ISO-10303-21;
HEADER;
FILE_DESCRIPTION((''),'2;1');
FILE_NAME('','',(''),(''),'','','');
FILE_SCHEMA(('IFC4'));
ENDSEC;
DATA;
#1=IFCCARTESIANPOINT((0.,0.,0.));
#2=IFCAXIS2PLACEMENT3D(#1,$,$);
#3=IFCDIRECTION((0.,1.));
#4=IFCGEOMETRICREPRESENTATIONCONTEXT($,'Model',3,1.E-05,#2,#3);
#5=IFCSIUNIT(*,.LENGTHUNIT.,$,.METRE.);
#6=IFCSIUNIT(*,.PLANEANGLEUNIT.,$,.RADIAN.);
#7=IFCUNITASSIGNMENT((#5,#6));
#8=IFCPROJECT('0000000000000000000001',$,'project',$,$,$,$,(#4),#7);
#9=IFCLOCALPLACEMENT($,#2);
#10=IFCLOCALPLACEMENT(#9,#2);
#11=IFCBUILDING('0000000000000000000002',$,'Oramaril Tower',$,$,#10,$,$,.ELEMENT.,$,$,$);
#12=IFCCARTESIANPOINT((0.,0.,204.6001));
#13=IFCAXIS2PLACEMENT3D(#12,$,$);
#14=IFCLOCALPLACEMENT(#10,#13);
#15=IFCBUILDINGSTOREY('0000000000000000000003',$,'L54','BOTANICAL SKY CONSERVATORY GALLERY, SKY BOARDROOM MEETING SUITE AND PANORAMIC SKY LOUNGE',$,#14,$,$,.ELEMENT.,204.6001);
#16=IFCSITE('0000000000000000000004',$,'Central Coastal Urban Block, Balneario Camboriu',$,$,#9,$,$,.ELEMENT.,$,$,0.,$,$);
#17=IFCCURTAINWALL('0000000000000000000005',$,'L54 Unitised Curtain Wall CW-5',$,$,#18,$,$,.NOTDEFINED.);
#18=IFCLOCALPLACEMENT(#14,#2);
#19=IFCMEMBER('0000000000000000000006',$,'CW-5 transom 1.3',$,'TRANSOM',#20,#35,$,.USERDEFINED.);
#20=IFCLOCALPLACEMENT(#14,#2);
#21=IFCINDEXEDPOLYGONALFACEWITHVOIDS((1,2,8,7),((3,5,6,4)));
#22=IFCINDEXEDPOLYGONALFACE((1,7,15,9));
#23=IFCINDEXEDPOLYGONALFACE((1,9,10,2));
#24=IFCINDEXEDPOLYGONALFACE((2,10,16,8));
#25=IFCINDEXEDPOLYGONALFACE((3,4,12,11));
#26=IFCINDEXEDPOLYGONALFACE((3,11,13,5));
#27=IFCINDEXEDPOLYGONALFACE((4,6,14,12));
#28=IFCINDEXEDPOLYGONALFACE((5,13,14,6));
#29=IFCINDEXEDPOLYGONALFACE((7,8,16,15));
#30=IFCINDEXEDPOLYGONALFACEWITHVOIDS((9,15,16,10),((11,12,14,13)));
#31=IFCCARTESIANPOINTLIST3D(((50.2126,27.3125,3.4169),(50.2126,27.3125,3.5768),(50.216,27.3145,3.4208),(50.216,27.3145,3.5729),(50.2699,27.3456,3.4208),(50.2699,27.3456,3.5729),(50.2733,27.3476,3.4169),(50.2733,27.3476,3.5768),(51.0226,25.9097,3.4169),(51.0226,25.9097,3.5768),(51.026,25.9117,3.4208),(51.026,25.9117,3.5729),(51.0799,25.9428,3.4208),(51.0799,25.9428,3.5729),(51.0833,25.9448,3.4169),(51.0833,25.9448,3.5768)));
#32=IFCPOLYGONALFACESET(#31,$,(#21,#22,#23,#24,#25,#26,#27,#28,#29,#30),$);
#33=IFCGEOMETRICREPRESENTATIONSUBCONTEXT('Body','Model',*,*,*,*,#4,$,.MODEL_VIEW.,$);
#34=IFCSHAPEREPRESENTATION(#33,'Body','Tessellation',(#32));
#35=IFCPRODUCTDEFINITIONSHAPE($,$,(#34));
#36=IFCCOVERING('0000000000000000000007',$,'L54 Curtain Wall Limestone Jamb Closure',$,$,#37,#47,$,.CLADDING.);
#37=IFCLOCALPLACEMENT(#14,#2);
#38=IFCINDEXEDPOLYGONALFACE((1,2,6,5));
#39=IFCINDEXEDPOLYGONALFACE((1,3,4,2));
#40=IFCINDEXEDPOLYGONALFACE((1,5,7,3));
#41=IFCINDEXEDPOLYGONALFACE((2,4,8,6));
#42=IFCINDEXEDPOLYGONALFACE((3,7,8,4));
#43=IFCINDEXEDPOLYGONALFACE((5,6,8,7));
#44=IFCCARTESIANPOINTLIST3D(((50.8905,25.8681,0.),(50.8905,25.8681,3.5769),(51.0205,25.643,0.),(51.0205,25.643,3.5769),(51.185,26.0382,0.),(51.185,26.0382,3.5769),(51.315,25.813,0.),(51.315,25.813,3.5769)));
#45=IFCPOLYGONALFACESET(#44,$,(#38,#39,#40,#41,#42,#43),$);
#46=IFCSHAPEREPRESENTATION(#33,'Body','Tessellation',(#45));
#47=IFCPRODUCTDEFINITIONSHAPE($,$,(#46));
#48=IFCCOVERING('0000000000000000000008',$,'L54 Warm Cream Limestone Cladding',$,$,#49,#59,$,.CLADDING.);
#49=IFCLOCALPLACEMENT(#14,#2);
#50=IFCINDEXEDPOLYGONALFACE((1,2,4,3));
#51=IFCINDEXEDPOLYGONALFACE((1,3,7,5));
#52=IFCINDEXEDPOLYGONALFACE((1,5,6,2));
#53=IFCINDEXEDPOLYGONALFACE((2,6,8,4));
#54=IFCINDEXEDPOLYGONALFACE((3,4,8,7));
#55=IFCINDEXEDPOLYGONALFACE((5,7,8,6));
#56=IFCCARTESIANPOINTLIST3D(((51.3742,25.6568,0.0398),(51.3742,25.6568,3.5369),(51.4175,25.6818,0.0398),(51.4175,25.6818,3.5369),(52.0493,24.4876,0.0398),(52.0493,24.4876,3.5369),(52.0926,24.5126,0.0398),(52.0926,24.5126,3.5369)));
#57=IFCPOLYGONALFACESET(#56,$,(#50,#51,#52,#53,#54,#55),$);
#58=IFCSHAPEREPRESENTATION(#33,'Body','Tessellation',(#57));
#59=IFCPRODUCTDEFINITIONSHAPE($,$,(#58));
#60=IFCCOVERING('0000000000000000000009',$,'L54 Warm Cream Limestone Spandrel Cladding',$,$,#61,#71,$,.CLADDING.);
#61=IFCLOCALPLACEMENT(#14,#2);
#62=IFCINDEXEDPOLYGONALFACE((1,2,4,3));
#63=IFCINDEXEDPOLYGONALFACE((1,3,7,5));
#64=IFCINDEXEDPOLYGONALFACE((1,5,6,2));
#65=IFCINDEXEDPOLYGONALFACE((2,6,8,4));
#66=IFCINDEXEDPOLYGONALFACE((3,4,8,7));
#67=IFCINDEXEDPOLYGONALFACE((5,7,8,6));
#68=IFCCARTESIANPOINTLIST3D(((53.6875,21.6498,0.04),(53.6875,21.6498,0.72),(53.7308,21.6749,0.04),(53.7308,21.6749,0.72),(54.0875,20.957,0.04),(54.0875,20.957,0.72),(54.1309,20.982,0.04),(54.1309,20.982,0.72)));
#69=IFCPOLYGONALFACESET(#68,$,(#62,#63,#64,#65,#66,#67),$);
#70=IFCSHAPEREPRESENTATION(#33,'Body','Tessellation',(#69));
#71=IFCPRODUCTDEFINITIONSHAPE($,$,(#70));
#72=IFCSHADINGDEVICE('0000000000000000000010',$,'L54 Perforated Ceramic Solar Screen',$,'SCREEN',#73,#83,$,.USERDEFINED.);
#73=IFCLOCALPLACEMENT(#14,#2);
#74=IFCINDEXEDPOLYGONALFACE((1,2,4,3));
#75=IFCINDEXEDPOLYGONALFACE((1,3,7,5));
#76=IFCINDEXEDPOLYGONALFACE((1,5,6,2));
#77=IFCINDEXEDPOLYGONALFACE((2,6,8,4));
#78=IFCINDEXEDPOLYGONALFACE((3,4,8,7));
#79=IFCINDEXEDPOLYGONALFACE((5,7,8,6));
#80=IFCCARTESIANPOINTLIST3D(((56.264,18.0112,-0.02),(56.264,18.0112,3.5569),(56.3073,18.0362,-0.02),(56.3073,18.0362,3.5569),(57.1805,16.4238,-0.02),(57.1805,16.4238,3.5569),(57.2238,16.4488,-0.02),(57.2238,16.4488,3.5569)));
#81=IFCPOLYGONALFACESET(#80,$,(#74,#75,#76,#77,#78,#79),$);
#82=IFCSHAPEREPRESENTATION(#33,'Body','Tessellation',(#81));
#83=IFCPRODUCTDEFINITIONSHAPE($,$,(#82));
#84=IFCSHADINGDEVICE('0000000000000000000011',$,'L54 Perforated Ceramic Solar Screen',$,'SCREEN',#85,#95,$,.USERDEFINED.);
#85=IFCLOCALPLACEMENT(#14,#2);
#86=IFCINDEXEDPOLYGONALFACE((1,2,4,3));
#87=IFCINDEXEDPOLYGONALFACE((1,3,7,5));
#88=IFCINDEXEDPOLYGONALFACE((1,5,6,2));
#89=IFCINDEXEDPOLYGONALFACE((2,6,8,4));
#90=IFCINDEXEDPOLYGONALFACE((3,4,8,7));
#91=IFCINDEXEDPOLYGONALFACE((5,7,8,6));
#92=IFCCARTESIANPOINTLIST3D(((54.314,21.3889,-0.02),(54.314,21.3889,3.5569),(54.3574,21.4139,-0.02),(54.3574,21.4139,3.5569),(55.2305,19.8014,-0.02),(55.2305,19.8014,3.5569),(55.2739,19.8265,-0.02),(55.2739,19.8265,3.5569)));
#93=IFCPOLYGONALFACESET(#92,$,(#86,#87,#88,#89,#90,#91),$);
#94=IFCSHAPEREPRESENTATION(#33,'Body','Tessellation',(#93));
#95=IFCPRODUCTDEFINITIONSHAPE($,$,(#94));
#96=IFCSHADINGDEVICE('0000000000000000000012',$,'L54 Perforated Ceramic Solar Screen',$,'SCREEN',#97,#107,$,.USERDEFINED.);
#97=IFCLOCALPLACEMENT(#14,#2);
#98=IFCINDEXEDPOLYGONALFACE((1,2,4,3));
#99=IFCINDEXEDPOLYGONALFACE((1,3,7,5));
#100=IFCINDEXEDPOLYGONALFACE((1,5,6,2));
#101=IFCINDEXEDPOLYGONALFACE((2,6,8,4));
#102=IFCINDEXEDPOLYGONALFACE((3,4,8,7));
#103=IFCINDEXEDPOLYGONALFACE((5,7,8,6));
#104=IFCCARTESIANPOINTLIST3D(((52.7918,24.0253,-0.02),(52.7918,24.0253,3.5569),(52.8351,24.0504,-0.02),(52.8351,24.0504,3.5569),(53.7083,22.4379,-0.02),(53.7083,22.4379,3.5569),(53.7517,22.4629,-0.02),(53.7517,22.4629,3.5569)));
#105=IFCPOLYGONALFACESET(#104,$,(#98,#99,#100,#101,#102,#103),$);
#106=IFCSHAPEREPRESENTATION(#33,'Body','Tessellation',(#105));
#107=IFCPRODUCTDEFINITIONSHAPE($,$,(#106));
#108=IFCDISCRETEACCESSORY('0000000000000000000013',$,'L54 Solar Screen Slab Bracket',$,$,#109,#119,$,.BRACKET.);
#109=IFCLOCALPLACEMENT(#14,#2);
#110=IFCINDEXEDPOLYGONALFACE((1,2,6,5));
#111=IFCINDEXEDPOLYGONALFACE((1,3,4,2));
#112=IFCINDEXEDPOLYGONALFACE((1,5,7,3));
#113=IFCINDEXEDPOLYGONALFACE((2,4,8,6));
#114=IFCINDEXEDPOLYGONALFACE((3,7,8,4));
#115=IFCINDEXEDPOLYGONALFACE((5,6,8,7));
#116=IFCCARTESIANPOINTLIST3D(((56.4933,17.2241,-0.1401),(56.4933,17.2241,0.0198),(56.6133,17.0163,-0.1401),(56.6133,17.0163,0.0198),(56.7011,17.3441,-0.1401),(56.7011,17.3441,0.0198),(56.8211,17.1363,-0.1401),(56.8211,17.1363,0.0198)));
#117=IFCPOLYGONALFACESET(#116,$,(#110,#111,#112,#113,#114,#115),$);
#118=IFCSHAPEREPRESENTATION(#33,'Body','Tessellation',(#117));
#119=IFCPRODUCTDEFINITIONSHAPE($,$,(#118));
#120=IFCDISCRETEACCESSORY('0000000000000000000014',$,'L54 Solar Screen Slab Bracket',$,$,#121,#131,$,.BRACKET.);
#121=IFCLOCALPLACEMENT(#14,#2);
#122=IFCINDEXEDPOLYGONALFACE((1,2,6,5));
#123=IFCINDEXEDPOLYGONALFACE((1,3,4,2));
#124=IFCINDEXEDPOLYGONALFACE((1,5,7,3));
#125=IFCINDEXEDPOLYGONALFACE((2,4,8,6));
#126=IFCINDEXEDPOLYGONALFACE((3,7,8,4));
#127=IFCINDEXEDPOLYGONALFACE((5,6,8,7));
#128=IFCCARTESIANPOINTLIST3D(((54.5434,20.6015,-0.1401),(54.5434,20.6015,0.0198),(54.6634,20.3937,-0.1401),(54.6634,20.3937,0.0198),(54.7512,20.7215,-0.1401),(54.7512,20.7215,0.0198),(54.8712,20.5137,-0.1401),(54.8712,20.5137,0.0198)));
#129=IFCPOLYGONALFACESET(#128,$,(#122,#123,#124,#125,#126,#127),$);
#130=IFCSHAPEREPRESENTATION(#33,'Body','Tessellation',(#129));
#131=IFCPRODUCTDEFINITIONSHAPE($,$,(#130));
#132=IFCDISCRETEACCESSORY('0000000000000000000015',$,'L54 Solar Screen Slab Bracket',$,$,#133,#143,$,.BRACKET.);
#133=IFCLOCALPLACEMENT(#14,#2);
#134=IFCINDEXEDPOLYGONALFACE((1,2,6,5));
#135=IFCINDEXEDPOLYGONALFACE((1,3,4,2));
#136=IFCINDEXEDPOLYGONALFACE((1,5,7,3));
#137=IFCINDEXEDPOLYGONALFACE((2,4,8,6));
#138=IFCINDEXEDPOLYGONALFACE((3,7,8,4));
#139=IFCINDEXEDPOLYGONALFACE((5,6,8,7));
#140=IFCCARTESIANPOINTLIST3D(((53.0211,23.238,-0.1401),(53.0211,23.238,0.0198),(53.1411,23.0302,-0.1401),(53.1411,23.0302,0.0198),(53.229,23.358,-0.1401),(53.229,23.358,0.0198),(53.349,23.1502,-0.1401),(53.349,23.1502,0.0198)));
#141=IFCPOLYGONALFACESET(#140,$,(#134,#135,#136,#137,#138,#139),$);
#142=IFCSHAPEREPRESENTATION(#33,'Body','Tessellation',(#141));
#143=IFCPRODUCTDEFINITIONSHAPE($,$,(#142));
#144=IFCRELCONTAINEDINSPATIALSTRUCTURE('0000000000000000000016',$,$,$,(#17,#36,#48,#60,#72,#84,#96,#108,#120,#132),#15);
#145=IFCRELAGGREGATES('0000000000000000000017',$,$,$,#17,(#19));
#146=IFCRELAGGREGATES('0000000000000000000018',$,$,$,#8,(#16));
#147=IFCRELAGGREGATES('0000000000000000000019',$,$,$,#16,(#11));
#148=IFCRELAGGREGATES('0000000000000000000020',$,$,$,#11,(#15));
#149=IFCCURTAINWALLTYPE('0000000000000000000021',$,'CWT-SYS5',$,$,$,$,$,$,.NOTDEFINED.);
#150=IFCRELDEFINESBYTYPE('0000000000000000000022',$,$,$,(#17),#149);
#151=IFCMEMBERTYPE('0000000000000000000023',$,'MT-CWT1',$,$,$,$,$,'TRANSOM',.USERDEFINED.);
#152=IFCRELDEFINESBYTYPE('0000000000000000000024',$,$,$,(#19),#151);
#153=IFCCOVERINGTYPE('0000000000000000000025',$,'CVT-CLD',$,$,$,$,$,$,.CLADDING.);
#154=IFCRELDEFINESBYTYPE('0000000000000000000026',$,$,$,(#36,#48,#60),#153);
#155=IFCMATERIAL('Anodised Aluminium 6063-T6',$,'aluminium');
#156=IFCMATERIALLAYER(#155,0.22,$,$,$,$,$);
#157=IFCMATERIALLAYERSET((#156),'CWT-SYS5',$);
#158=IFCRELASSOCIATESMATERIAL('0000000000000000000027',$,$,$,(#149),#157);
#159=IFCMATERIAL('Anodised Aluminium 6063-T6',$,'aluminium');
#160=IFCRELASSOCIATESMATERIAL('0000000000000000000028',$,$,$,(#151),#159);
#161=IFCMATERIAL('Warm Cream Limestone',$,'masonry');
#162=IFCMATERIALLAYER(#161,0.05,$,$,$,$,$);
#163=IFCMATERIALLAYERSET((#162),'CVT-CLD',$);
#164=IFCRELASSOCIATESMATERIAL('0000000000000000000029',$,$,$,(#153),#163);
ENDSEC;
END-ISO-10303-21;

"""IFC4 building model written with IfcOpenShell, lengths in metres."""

from ifc_helpers import new_model, si_unit, direction, frame, origin, origin_2d, place, context, subcontext, project, spatial, rectangle, hollow_rectangle, extrude, material, layer, layer_set, material_profile, profile_set, type_object, element, aggregate, save


model = new_model("IFC4")

# Units and contexts
model_context = context("Model", 3, precision=1e-05, world=origin(), true_north=direction((0.0, 1.0)))
body_context = subcontext(model_context, "Body", "Model", "MODEL_VIEW")
ifc_project = project(units=[si_unit("LENGTHUNIT", "METRE"), si_unit("PLANEANGLEUNIT", "RADIAN")], contexts=[model_context])

# Site, building, storey
site_placement = place(None, origin())
site = spatial("IfcSite", under=ifc_project, at=site_placement, Name="Central Coastal Urban Block, Balneario Camboriu", CompositionType="ELEMENT", RefElevation=0.0)
building_placement = place(site_placement, origin())
building = spatial("IfcBuilding", under=site, at=building_placement, Name="Oramaril Tower", CompositionType="ELEMENT")
storey_placement = place(building_placement, frame((0.0, 0.0, 204.6001)))
storey = spatial("IfcBuildingStorey", under=building, at=storey_placement, Name="L54", Description="BOTANICAL SKY CONSERVATORY GALLERY, SKY BOARDROOM MEETING SUITE AND PANORAMIC SKY LOUNGE", CompositionType="ELEMENT", Elevation=204.6001)

# Curtain wall, member
ifc_material_1 = material(Name="Anodised Aluminium 6063-T6", Category="aluminium")
ifc_layer_1 = layer(ifc_material_1, 0.22)
ifc_layer_set_1 = layer_set([ifc_layer_1], Name="CWT-SYS5")
curtain_wall_type = type_object("IfcCurtainWallType", Name="CWT-SYS5", PredefinedType="NOTDEFINED", material=ifc_layer_set_1)
curtain_wall_placement = place(storey_placement, origin())
curtain_wall = element("IfcCurtainWall", 1, at=curtain_wall_placement, inside=storey, type_object=curtain_wall_type, Name="L54 Unitised Curtain Wall CW-5", PredefinedType="NOTDEFINED")
ifc_material_2 = material(Name="Anodised Aluminium 6063-T6", Category="aluminium")
ifc_material_profile_1 = material_profile(ifc_material_2, hollow_rectangle(XDim=0.0701, YDim=0.1599, WallThickness=0.0039, at=origin_2d()), Name="CWT160X70")
ifc_profile_set_1 = profile_set([ifc_material_profile_1], Name="Anodised Aluminium 6063-T6")
member_type_1 = type_object("IfcMemberType", Name="MT-CWT1", ElementType="TRANSOM", PredefinedType="USERDEFINED", material=ifc_profile_set_1)
member_1_placement = place(storey_placement, frame((51.053, 25.9272, 3.4968), z_axis=(-0.500062, 0.86599, 0.0), x_axis=(-0.86599, -0.500062, 0.0)))
member_1 = element("IfcMember", 2, at=member_1_placement, type_object=member_type_1, Name="CW-5 transom 1.3", ObjectType="TRANSOM", PredefinedType="USERDEFINED", context=body_context, shape_type="SweptSolid", body=[
    extrude(hollow_rectangle(XDim=0.0701, YDim=0.1599, WallThickness=0.0039, at=origin_2d()), origin(), (0.0, 0.0, 1.0), 1.6199),
])
aggregate(curtain_wall, [member_1])

# Coverings
ifc_material_3 = material(Name="Warm Cream Limestone", Category="masonry")
ifc_layer_2 = layer(ifc_material_3, 0.05)
ifc_layer_set_2 = layer_set([ifc_layer_2], Name="CVT-CLD")
covering_type = type_object("IfcCoveringType", Name="CVT-CLD", PredefinedType="CLADDING", material=ifc_layer_set_2)
covering_1_placement = place(storey_placement, frame((51.1028, 25.8406, 0.0), z_axis=(0.0, 0.0, 1.0), x_axis=(-0.5, 0.866025, 0.0)))
element("IfcCovering", 3, at=covering_1_placement, inside=storey, type_object=covering_type, Name="L54 Curtain Wall Limestone Jamb Closure", PredefinedType="CLADDING", context=body_context, shape_type="SweptSolid", body=[
    extrude(rectangle(XDim=0.26, YDim=0.3401, at=origin_2d()), origin(), (0.0, 0.0, 1.0), 3.5769),
])
covering_2_placement = place(storey_placement, frame((51.7334, 25.0847, 0.0398), z_axis=(0.0, 0.0, 1.0), x_axis=(-0.5, 0.866025, 0.0)))
element("IfcCovering", 4, at=covering_2_placement, inside=storey, type_object=covering_type, Name="L54 Warm Cream Limestone Cladding", PredefinedType="CLADDING", context=body_context, shape_type="SweptSolid", body=[
    extrude(rectangle(XDim=1.3501, YDim=0.05, at=origin_2d()), origin(), (0.0, 0.0, 1.0), 3.4971),
])
covering_3_placement = place(storey_placement, frame((53.9092, 21.3159, 0.04), z_axis=(0.0, 0.0, 1.0), x_axis=(-0.5, 0.866025, 0.0)))
element("IfcCovering", 5, at=covering_3_placement, inside=storey, type_object=covering_type, Name="L54 Warm Cream Limestone Spandrel Cladding", PredefinedType="CLADDING", context=body_context, shape_type="SweptSolid", body=[
    extrude(rectangle(XDim=0.8, YDim=0.05, at=origin_2d()), origin(), (0.0, 0.0, 1.0), 0.6799),
])

# Shading devices
for number, where, z_axis, x_axis, name in (
    (6, (56.7439, 17.23, -0.02), (0.0, 0.0, 1.0), (-0.499998, 0.866026, 0.0), "L54 Perforated Ceramic Solar Screen"),
    (7, (54.7939, 20.6077, -0.02), (0.0, 0.0, 1.0), (-0.499998, 0.866026, 0.0), "L54 Perforated Ceramic Solar Screen"),
    (8, (53.2717, 23.2441, -0.02), (0.0, 0.0, 1.0), (-0.499998, 0.866026, 0.0), "L54 Perforated Ceramic Solar Screen"),
):
    element("IfcShadingDevice", number, at=place(storey_placement, frame(where, z_axis=z_axis, x_axis=x_axis)), inside=storey, Name=name, ObjectType="SCREEN", PredefinedType="USERDEFINED", context=body_context, shape_type="SweptSolid", body=[
        extrude(rectangle(XDim=1.833, YDim=0.05, at=origin_2d()), origin(), (0.0, 0.0, 1.0), 3.5769),
    ])

# Discrete accessories
for number, where, z_axis, x_axis, name in (
    (9, (56.6572, 17.1802, -0.1401), (0.0, 0.0, 1.0), (-0.499998, 0.866026, 0.0), "L54 Solar Screen Slab Bracket"),
    (10, (54.7073, 20.5576, -0.1401), (0.0, 0.0, 1.0), (-0.499998, 0.866026, 0.0), "L54 Solar Screen Slab Bracket"),
    (11, (53.1851, 23.1941, -0.1401), (0.0, 0.0, 1.0), (-0.499998, 0.866026, 0.0), "L54 Solar Screen Slab Bracket"),
):
    element("IfcDiscreteAccessory", number, at=place(storey_placement, frame(where, z_axis=z_axis, x_axis=x_axis)), inside=storey, Name=name, PredefinedType="BRACKET", context=body_context, shape_type="SweptSolid", body=[
        extrude(rectangle(XDim=0.24, YDim=0.24, at=origin_2d()), origin(), (0.0, 0.0, 1.0), 0.1599),
    ])

save(model, "model.ifc")
